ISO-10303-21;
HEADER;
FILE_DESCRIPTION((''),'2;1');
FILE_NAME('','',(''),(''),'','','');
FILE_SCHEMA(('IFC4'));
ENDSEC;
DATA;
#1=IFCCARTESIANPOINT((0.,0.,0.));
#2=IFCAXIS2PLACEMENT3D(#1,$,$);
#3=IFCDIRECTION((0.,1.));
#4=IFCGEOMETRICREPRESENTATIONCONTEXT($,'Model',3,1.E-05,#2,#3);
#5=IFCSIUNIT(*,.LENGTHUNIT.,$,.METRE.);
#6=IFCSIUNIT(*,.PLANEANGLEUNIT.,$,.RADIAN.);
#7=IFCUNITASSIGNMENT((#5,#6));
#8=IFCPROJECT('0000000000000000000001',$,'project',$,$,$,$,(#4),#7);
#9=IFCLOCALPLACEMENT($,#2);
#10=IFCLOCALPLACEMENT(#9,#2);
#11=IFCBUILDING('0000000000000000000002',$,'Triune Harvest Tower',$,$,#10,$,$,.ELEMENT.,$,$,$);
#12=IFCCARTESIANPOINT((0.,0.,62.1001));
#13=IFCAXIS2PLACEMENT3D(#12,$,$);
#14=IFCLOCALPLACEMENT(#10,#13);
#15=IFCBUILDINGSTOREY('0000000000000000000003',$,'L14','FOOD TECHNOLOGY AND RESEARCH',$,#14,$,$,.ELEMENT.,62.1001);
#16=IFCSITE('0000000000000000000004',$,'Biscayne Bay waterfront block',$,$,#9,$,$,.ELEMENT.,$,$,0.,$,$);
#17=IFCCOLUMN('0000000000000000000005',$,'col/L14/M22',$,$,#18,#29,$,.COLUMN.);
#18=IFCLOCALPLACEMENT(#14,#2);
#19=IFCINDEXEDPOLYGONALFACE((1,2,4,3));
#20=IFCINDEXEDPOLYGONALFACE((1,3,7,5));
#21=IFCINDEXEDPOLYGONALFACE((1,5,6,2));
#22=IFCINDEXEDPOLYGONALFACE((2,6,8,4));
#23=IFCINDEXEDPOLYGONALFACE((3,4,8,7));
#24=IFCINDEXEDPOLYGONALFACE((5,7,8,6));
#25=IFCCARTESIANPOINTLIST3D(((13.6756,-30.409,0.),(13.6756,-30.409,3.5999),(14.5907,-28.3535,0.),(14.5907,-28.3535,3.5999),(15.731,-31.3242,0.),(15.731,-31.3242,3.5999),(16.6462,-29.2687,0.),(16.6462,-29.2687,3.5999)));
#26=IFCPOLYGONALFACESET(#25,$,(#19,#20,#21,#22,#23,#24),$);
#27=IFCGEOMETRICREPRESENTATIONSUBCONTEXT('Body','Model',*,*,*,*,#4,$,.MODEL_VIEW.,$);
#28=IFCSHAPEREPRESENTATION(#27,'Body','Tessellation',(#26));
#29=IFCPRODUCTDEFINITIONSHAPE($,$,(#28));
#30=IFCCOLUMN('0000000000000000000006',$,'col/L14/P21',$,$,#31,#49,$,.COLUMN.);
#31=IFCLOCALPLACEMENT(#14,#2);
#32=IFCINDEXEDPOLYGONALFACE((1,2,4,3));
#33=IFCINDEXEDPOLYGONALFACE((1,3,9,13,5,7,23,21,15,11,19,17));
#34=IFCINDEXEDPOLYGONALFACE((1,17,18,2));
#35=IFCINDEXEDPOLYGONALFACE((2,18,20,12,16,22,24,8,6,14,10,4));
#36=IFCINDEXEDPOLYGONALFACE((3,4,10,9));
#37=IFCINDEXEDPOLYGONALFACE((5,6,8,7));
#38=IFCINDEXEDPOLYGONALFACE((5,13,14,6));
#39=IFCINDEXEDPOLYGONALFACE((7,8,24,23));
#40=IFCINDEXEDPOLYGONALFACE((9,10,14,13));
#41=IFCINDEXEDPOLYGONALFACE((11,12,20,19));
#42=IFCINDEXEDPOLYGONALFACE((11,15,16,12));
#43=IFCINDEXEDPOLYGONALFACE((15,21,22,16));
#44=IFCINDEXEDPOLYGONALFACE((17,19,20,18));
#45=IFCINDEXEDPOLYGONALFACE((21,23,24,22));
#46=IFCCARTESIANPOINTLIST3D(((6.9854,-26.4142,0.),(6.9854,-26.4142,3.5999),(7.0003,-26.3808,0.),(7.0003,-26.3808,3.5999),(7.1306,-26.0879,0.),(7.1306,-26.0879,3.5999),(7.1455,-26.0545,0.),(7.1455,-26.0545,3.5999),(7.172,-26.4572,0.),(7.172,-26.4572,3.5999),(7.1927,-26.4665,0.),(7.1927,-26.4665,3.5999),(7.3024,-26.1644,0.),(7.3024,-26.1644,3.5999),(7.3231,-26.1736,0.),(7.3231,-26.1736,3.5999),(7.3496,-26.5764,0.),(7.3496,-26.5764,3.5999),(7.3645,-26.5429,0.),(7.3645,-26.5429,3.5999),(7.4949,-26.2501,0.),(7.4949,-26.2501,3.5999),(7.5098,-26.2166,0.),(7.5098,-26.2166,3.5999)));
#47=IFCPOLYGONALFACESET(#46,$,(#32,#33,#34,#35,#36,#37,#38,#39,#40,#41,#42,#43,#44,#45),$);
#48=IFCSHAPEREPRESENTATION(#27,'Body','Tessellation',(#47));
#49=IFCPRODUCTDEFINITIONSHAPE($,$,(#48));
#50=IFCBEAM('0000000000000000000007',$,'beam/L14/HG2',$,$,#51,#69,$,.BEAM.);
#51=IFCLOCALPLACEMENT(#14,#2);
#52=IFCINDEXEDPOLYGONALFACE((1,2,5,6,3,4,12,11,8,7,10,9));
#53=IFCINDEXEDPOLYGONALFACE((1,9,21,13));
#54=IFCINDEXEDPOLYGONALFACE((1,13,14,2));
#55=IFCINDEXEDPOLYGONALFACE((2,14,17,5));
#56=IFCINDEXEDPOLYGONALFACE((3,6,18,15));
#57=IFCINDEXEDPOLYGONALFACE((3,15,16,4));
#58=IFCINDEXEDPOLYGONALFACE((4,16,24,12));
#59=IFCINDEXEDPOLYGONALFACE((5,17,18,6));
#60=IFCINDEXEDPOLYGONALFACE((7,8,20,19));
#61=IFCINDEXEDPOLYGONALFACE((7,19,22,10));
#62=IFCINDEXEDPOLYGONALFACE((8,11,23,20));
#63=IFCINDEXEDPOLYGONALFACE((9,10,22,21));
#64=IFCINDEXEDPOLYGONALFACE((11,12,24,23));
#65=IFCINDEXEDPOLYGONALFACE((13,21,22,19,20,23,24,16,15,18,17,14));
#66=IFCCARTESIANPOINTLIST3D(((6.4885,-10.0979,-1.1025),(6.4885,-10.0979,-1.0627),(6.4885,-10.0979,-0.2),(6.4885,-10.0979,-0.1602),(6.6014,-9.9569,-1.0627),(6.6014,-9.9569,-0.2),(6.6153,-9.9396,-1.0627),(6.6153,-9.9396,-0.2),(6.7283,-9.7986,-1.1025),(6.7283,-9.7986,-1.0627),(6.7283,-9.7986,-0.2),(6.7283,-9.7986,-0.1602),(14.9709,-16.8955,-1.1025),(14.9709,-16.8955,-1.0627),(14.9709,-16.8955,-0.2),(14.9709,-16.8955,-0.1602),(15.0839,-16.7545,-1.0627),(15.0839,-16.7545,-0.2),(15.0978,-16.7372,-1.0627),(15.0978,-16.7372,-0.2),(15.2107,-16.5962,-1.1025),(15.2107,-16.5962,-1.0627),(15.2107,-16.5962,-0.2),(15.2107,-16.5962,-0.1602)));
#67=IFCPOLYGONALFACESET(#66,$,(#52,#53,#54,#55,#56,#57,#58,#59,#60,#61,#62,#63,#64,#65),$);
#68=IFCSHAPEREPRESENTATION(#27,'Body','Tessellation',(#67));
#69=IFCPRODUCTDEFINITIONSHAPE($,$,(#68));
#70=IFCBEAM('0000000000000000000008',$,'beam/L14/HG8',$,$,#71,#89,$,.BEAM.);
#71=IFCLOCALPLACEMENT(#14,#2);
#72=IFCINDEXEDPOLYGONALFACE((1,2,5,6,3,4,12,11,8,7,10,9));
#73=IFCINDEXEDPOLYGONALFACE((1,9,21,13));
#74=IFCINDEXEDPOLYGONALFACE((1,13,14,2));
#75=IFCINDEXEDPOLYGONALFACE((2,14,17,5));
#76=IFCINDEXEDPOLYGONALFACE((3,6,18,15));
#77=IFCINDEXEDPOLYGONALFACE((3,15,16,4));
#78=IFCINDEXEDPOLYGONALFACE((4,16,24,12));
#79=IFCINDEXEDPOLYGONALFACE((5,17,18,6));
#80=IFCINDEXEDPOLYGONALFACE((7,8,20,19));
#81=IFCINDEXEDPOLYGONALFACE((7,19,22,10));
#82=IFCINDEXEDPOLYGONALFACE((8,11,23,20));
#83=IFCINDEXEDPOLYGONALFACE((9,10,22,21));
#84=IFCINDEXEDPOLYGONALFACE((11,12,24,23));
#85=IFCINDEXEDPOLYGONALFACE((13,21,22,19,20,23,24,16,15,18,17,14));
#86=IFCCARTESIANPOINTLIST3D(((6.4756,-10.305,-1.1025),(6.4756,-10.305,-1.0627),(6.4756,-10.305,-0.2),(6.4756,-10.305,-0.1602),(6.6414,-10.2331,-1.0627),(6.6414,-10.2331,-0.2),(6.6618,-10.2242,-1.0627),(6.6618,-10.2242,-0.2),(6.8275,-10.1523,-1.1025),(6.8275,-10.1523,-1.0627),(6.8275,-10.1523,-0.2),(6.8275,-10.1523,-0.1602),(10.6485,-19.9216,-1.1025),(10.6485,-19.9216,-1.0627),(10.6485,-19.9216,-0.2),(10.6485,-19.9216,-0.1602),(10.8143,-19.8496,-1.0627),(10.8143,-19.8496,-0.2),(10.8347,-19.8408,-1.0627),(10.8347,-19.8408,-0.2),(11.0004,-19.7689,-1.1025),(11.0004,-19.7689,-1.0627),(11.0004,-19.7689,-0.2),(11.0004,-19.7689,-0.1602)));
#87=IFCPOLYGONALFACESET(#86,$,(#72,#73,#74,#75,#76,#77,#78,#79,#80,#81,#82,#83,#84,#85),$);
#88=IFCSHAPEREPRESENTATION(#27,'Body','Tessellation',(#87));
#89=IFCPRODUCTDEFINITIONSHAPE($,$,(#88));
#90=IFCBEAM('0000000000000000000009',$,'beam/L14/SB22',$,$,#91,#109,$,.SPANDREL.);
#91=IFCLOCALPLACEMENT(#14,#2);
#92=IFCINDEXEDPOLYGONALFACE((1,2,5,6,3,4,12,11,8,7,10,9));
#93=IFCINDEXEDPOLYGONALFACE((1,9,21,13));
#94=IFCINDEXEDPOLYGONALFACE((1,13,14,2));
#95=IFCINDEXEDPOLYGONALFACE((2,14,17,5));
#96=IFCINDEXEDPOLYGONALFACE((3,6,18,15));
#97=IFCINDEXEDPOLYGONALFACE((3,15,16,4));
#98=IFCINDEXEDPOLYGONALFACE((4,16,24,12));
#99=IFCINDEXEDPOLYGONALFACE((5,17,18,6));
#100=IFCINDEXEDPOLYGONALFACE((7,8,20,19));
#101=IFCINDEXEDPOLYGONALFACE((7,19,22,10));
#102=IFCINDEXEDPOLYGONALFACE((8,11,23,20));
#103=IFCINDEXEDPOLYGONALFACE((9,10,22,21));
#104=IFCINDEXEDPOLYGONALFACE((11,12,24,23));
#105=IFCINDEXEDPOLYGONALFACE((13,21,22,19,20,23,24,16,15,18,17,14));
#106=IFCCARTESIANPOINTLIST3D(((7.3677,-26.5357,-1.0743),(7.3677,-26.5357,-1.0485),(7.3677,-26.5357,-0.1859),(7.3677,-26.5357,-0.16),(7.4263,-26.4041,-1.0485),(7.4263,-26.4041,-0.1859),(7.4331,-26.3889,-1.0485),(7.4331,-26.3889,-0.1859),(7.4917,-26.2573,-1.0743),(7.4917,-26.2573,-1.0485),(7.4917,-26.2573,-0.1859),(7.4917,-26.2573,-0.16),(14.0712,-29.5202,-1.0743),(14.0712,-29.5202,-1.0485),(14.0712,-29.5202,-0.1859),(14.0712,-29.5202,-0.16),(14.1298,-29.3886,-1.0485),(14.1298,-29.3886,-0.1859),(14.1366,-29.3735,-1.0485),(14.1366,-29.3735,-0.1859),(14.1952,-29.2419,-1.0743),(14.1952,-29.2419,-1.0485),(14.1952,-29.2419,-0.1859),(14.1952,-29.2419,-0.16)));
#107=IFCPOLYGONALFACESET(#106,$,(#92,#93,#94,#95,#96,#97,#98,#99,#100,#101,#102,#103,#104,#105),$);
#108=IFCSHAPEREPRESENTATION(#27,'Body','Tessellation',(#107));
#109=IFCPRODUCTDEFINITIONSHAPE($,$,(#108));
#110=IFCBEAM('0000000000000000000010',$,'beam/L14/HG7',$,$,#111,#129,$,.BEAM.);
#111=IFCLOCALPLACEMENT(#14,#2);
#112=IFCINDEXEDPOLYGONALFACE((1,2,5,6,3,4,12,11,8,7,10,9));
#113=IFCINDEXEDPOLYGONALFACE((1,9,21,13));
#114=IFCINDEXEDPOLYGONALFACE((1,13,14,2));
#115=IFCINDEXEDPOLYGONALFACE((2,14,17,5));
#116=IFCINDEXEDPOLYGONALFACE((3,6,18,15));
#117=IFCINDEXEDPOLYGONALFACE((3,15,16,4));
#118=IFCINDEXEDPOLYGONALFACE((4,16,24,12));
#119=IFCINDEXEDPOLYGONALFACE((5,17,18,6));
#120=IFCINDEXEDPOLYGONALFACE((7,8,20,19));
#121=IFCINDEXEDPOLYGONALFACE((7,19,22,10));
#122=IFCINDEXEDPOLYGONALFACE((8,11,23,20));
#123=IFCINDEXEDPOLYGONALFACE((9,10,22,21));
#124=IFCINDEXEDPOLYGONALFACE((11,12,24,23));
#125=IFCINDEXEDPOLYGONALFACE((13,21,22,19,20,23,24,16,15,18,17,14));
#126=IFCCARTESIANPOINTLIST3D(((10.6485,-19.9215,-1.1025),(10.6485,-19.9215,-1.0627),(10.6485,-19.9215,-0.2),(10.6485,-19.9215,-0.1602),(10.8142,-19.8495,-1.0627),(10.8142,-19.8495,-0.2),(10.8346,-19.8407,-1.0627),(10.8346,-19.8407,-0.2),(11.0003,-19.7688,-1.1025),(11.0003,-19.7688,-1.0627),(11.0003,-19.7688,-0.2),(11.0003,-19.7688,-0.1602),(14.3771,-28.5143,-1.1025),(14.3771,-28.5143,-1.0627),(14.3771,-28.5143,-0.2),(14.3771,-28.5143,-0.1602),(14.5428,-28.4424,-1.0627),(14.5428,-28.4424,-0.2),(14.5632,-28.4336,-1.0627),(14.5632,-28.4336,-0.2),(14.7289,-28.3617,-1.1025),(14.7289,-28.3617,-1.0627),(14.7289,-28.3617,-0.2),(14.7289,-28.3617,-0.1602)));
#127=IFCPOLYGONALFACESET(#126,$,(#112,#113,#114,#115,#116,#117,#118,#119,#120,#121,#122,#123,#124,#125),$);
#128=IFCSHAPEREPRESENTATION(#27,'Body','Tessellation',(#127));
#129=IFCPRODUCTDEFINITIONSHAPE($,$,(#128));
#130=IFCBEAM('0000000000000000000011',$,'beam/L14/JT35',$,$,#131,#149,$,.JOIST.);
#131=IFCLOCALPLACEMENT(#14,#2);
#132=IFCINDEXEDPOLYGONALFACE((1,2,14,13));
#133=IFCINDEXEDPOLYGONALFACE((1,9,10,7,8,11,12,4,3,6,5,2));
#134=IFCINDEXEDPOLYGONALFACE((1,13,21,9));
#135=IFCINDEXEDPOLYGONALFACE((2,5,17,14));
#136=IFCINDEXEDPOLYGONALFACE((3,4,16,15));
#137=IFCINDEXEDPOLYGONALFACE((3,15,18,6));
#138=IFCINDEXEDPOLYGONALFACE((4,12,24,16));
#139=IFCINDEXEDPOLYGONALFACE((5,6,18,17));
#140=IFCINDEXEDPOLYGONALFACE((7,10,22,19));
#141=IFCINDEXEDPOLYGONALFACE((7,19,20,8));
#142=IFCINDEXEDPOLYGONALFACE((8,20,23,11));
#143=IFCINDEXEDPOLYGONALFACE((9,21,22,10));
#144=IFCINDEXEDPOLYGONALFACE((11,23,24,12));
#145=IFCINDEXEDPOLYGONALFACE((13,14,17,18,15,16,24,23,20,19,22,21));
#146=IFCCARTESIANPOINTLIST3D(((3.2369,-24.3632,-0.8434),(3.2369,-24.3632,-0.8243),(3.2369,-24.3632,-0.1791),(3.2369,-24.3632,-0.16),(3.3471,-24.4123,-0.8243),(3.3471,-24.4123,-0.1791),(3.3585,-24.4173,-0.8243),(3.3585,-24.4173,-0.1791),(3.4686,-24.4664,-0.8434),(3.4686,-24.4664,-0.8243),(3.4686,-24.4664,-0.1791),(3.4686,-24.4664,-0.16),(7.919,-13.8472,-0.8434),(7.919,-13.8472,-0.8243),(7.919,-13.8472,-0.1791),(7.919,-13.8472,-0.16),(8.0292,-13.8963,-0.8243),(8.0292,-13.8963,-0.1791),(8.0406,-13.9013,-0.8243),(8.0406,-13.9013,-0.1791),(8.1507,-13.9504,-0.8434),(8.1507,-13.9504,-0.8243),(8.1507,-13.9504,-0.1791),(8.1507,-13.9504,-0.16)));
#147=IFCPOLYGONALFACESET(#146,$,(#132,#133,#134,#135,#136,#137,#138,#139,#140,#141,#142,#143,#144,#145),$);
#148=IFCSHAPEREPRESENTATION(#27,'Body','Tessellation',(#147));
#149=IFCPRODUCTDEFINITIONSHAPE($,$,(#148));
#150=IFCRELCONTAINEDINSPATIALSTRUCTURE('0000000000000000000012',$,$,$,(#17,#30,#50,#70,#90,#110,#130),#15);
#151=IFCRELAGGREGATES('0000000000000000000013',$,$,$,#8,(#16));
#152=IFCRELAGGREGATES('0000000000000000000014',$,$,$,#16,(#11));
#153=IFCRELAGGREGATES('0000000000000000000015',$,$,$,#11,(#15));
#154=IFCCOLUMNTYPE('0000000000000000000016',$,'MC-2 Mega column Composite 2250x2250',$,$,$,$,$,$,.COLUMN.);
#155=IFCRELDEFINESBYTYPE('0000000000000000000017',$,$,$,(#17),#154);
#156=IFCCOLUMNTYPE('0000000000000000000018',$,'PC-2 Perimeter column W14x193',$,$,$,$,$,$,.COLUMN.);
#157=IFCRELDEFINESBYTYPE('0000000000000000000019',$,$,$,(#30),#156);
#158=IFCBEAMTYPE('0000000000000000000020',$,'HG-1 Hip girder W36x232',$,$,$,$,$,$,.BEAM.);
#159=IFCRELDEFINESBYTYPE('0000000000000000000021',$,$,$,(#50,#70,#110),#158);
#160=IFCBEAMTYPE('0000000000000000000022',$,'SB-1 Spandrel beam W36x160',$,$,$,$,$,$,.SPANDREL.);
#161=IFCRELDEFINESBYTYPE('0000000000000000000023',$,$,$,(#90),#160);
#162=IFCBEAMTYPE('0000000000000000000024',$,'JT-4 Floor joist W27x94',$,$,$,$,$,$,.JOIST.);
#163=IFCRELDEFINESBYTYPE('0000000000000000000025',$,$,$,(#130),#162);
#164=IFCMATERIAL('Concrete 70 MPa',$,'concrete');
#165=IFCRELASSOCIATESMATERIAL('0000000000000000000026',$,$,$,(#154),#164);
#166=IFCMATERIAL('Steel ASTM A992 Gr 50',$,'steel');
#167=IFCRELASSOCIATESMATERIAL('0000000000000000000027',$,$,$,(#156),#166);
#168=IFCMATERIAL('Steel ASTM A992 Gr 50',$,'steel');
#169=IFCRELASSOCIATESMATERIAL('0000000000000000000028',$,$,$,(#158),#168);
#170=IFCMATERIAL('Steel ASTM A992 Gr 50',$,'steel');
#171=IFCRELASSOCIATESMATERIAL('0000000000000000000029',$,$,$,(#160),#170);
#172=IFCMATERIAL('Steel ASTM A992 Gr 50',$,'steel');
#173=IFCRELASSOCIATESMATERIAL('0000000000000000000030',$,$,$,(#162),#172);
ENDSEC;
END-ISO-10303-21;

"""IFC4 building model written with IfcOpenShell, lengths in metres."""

from ifc_helpers import new_model, si_unit, direction, frame, origin, origin_2d, place, context, subcontext, project, spatial, rectangle, i_section, extrude, source, transform, mapped, material, material_profile, profile_set, type_object, element, save


model = new_model("IFC4")

# Units and contexts
model_context = context("Model", 3, precision=1e-05, world=origin(), true_north=direction((0.0, 1.0)))
body_context = subcontext(model_context, "Body", "Model", "MODEL_VIEW")
ifc_project = project(units=[si_unit("LENGTHUNIT", "METRE"), si_unit("PLANEANGLEUNIT", "RADIAN")], contexts=[model_context])

# Site, building, storey
site_placement = place(None, origin())
site = spatial("IfcSite", under=ifc_project, at=site_placement, Name="Biscayne Bay waterfront block", CompositionType="ELEMENT", RefElevation=0.0)
building_placement = place(site_placement, origin())
building = spatial("IfcBuilding", under=site, at=building_placement, Name="Triune Harvest Tower", CompositionType="ELEMENT")
storey_placement = place(building_placement, frame((0.0, 0.0, 62.1001)))
storey = spatial("IfcBuildingStorey", under=building, at=storey_placement, Name="L14", Description="FOOD TECHNOLOGY AND RESEARCH", CompositionType="ELEMENT", Elevation=62.1001)

# Columns
ifc_material_1 = material(Name="Concrete 70 MPa", Category="concrete")
ifc_material_profile_1 = material_profile(ifc_material_1, rectangle(XDim=2.25, YDim=2.25, at=origin_2d()), Name="Composite 2250x2250")
ifc_profile_set_1 = profile_set([ifc_material_profile_1], Name="Concrete 70 MPa")
column_type_1 = type_object("IfcColumnType", Name="MC-2 Mega column Composite 2250x2250", PredefinedType="COLUMN", material=ifc_profile_set_1)
shared_shape_1 = source(origin(), body_context, "Body", "SweptSolid", [
    extrude(rectangle(XDim=2.25, YDim=2.25, at=origin_2d()), origin(), (0.0, 0.0, 1.0), 3.5999),
])
column_1_placement = place(storey_placement, frame((15.1609, -29.8389, 0.0), z_axis=(0.0, 0.0, 1.0), x_axis=(0.913545, -0.406737, 0.0)))
element("IfcColumn", 1, at=column_1_placement, inside=storey, type_object=column_type_1, Name="col/L14/M22", PredefinedType="COLUMN", context=body_context, shape_type="MappedRepresentation", body=[
    mapped(shared_shape_1, transform((0.0, 0.0, 0.0), scale=1.0)),
])
ifc_material_2 = material(Name="Steel ASTM A992 Gr 50", Category="steel")
ifc_material_profile_2 = material_profile(ifc_material_2, i_section(OverallWidth=0.3987, OverallDepth=0.3938, WebThickness=0.0227, FlangeThickness=0.0366, at=origin_2d()), Name="W14x193")
ifc_profile_set_2 = profile_set([ifc_material_profile_2], Name="Steel ASTM A992 Gr 50")
column_type_2 = type_object("IfcColumnType", Name="PC-2 Perimeter column W14x193", PredefinedType="COLUMN", material=ifc_profile_set_2)
shared_shape_2 = source(origin(), body_context, "Body", "SweptSolid", [
    extrude(i_section(OverallWidth=0.3987, OverallDepth=0.3938, WebThickness=0.0227, FlangeThickness=0.0366, at=origin_2d()), origin(), (0.0, 0.0, 1.0), 3.5999),
])
column_2_placement = place(storey_placement, frame((7.2476, -26.3154, 0.0), z_axis=(0.0, 0.0, 1.0), x_axis=(0.913545, -0.406737, 0.0)))
element("IfcColumn", 2, at=column_2_placement, inside=storey, type_object=column_type_2, Name="col/L14/P21", PredefinedType="COLUMN", context=body_context, shape_type="MappedRepresentation", body=[
    mapped(shared_shape_2, transform((0.0, 0.0, 0.0), scale=1.0)),
])

# Beams
ifc_material_3 = material(Name="Steel ASTM A992 Gr 50", Category="steel")
ifc_material_profile_3 = material_profile(ifc_material_3, i_section(OverallWidth=0.3835, OverallDepth=0.9424, WebThickness=0.0222, FlangeThickness=0.0398, at=origin_2d()), Name="W36x232")
ifc_profile_set_3 = profile_set([ifc_material_profile_3], Name="Steel ASTM A992 Gr 50")
beam_type_1 = type_object("IfcBeamType", Name="HG-1 Hip girder W36x232", PredefinedType="BEAM", material=ifc_profile_set_3)
shared_shape_3 = source(origin(), body_context, "Body", "SweptSolid", [
    extrude(i_section(OverallWidth=0.3835, OverallDepth=0.9424, WebThickness=0.0222, FlangeThickness=0.0398, at=origin_2d()), origin(), (0.0, 0.0, 1.0), 10.8701),
])
beam_1_placement = place(storey_placement, frame((15.0908, -16.7458, -0.6313), z_axis=(-0.780345, 0.625349, 0.0), x_axis=(-0.625349, -0.780345, 0.0)))
element("IfcBeam", 3, at=beam_1_placement, inside=storey, type_object=beam_type_1, Name="beam/L14/HG2", PredefinedType="BEAM", context=body_context, shape_type="MappedRepresentation", body=[
    mapped(shared_shape_3, transform((0.0, 0.0, 0.0), scale=1.0)),
])
shared_shape_4 = source(origin(), body_context, "Body", "SweptSolid", [
    extrude(i_section(OverallWidth=0.3835, OverallDepth=0.9424, WebThickness=0.0222, FlangeThickness=0.0398, at=origin_2d()), origin(), (0.0, 0.0, 1.0), 10.4829),
])
beam_2_placement = place(storey_placement, frame((10.8245, -19.8452, -0.6313), z_axis=(-0.398067, 0.917356, 0.0), x_axis=(-0.917356, -0.398067, 0.0)))
element("IfcBeam", 4, at=beam_2_placement, inside=storey, type_object=beam_type_1, Name="beam/L14/HG8", PredefinedType="BEAM", context=body_context, shape_type="MappedRepresentation", body=[
    mapped(shared_shape_4, transform((0.0, 0.0, 0.0), scale=1.0)),
])
ifc_material_4 = material(Name="Steel ASTM A992 Gr 50", Category="steel")
ifc_material_profile_4 = material_profile(ifc_material_4, i_section(OverallWidth=0.3047, OverallDepth=0.9143, WebThickness=0.0166, FlangeThickness=0.0259, at=origin_2d()), Name="W36x160")
ifc_profile_set_4 = profile_set([ifc_material_profile_4], Name="Steel ASTM A992 Gr 50")
beam_type_2 = type_object("IfcBeamType", Name="SB-1 Spandrel beam W36x160", PredefinedType="SPANDREL", material=ifc_profile_set_4)
shared_shape_5 = source(origin(), body_context, "Body", "SweptSolid", [
    extrude(i_section(OverallWidth=0.3047, OverallDepth=0.9143, WebThickness=0.0166, FlangeThickness=0.0259, at=origin_2d()), origin(), (0.0, 0.0, 1.0), 7.3379),
])
beam_3_placement = place(storey_placement, frame((7.4297, -26.3965, -0.6172), z_axis=(0.913547, -0.406734, 0.0), x_axis=(0.406734, 0.913547, 0.0)))
element("IfcBeam", 5, at=beam_3_placement, inside=storey, type_object=beam_type_2, Name="beam/L14/SB22", PredefinedType="SPANDREL", context=body_context, shape_type="MappedRepresentation", body=[
    mapped(shared_shape_5, transform((0.0, 0.0, 0.0), scale=1.0)),
])
shared_shape_6 = source(origin(), body_context, "Body", "SweptSolid", [
    extrude(i_section(OverallWidth=0.3835, OverallDepth=0.9424, WebThickness=0.0222, FlangeThickness=0.0398, at=origin_2d()), origin(), (0.0, 0.0, 1.0), 9.3669),
])
beam_4_placement = place(storey_placement, frame((14.553, -28.438, -0.6313), z_axis=(-0.398055, 0.917362, 0.0), x_axis=(-0.917362, -0.398055, 0.0)))
element("IfcBeam", 6, at=beam_4_placement, inside=storey, type_object=beam_type_1, Name="beam/L14/HG7", PredefinedType="BEAM", context=body_context, shape_type="MappedRepresentation", body=[
    mapped(shared_shape_6, transform((0.0, 0.0, 0.0), scale=1.0)),
])
ifc_material_5 = material(Name="Steel ASTM A992 Gr 50", Category="steel")
ifc_material_profile_5 = material_profile(ifc_material_5, i_section(OverallWidth=0.2537, OverallDepth=0.6833, WebThickness=0.0125, FlangeThickness=0.019, at=origin_2d()), Name="W27x94")
ifc_profile_set_5 = profile_set([ifc_material_profile_5], Name="Steel ASTM A992 Gr 50")
beam_type_3 = type_object("IfcBeamType", Name="JT-4 Floor joist W27x94", PredefinedType="JOIST", material=ifc_profile_set_5)
shared_shape_7 = source(origin(), body_context, "Body", "SweptSolid", [
    extrude(i_section(OverallWidth=0.2537, OverallDepth=0.6833, WebThickness=0.0125, FlangeThickness=0.019, at=origin_2d()), origin(), (0.0, 0.0, 1.0), 11.5112),
])
beam_5_placement = place(storey_placement, frame((3.3528, -24.4148, -0.5017), z_axis=(0.406741, 0.913544, 0.0), x_axis=(-0.913544, 0.406741, 0.0)))
element("IfcBeam", 7, at=beam_5_placement, inside=storey, type_object=beam_type_3, Name="beam/L14/JT35", PredefinedType="JOIST", context=body_context, shape_type="MappedRepresentation", body=[
    mapped(shared_shape_7, transform((0.0, 0.0, 0.0), scale=1.0)),
])

save(model, "model.ifc")
